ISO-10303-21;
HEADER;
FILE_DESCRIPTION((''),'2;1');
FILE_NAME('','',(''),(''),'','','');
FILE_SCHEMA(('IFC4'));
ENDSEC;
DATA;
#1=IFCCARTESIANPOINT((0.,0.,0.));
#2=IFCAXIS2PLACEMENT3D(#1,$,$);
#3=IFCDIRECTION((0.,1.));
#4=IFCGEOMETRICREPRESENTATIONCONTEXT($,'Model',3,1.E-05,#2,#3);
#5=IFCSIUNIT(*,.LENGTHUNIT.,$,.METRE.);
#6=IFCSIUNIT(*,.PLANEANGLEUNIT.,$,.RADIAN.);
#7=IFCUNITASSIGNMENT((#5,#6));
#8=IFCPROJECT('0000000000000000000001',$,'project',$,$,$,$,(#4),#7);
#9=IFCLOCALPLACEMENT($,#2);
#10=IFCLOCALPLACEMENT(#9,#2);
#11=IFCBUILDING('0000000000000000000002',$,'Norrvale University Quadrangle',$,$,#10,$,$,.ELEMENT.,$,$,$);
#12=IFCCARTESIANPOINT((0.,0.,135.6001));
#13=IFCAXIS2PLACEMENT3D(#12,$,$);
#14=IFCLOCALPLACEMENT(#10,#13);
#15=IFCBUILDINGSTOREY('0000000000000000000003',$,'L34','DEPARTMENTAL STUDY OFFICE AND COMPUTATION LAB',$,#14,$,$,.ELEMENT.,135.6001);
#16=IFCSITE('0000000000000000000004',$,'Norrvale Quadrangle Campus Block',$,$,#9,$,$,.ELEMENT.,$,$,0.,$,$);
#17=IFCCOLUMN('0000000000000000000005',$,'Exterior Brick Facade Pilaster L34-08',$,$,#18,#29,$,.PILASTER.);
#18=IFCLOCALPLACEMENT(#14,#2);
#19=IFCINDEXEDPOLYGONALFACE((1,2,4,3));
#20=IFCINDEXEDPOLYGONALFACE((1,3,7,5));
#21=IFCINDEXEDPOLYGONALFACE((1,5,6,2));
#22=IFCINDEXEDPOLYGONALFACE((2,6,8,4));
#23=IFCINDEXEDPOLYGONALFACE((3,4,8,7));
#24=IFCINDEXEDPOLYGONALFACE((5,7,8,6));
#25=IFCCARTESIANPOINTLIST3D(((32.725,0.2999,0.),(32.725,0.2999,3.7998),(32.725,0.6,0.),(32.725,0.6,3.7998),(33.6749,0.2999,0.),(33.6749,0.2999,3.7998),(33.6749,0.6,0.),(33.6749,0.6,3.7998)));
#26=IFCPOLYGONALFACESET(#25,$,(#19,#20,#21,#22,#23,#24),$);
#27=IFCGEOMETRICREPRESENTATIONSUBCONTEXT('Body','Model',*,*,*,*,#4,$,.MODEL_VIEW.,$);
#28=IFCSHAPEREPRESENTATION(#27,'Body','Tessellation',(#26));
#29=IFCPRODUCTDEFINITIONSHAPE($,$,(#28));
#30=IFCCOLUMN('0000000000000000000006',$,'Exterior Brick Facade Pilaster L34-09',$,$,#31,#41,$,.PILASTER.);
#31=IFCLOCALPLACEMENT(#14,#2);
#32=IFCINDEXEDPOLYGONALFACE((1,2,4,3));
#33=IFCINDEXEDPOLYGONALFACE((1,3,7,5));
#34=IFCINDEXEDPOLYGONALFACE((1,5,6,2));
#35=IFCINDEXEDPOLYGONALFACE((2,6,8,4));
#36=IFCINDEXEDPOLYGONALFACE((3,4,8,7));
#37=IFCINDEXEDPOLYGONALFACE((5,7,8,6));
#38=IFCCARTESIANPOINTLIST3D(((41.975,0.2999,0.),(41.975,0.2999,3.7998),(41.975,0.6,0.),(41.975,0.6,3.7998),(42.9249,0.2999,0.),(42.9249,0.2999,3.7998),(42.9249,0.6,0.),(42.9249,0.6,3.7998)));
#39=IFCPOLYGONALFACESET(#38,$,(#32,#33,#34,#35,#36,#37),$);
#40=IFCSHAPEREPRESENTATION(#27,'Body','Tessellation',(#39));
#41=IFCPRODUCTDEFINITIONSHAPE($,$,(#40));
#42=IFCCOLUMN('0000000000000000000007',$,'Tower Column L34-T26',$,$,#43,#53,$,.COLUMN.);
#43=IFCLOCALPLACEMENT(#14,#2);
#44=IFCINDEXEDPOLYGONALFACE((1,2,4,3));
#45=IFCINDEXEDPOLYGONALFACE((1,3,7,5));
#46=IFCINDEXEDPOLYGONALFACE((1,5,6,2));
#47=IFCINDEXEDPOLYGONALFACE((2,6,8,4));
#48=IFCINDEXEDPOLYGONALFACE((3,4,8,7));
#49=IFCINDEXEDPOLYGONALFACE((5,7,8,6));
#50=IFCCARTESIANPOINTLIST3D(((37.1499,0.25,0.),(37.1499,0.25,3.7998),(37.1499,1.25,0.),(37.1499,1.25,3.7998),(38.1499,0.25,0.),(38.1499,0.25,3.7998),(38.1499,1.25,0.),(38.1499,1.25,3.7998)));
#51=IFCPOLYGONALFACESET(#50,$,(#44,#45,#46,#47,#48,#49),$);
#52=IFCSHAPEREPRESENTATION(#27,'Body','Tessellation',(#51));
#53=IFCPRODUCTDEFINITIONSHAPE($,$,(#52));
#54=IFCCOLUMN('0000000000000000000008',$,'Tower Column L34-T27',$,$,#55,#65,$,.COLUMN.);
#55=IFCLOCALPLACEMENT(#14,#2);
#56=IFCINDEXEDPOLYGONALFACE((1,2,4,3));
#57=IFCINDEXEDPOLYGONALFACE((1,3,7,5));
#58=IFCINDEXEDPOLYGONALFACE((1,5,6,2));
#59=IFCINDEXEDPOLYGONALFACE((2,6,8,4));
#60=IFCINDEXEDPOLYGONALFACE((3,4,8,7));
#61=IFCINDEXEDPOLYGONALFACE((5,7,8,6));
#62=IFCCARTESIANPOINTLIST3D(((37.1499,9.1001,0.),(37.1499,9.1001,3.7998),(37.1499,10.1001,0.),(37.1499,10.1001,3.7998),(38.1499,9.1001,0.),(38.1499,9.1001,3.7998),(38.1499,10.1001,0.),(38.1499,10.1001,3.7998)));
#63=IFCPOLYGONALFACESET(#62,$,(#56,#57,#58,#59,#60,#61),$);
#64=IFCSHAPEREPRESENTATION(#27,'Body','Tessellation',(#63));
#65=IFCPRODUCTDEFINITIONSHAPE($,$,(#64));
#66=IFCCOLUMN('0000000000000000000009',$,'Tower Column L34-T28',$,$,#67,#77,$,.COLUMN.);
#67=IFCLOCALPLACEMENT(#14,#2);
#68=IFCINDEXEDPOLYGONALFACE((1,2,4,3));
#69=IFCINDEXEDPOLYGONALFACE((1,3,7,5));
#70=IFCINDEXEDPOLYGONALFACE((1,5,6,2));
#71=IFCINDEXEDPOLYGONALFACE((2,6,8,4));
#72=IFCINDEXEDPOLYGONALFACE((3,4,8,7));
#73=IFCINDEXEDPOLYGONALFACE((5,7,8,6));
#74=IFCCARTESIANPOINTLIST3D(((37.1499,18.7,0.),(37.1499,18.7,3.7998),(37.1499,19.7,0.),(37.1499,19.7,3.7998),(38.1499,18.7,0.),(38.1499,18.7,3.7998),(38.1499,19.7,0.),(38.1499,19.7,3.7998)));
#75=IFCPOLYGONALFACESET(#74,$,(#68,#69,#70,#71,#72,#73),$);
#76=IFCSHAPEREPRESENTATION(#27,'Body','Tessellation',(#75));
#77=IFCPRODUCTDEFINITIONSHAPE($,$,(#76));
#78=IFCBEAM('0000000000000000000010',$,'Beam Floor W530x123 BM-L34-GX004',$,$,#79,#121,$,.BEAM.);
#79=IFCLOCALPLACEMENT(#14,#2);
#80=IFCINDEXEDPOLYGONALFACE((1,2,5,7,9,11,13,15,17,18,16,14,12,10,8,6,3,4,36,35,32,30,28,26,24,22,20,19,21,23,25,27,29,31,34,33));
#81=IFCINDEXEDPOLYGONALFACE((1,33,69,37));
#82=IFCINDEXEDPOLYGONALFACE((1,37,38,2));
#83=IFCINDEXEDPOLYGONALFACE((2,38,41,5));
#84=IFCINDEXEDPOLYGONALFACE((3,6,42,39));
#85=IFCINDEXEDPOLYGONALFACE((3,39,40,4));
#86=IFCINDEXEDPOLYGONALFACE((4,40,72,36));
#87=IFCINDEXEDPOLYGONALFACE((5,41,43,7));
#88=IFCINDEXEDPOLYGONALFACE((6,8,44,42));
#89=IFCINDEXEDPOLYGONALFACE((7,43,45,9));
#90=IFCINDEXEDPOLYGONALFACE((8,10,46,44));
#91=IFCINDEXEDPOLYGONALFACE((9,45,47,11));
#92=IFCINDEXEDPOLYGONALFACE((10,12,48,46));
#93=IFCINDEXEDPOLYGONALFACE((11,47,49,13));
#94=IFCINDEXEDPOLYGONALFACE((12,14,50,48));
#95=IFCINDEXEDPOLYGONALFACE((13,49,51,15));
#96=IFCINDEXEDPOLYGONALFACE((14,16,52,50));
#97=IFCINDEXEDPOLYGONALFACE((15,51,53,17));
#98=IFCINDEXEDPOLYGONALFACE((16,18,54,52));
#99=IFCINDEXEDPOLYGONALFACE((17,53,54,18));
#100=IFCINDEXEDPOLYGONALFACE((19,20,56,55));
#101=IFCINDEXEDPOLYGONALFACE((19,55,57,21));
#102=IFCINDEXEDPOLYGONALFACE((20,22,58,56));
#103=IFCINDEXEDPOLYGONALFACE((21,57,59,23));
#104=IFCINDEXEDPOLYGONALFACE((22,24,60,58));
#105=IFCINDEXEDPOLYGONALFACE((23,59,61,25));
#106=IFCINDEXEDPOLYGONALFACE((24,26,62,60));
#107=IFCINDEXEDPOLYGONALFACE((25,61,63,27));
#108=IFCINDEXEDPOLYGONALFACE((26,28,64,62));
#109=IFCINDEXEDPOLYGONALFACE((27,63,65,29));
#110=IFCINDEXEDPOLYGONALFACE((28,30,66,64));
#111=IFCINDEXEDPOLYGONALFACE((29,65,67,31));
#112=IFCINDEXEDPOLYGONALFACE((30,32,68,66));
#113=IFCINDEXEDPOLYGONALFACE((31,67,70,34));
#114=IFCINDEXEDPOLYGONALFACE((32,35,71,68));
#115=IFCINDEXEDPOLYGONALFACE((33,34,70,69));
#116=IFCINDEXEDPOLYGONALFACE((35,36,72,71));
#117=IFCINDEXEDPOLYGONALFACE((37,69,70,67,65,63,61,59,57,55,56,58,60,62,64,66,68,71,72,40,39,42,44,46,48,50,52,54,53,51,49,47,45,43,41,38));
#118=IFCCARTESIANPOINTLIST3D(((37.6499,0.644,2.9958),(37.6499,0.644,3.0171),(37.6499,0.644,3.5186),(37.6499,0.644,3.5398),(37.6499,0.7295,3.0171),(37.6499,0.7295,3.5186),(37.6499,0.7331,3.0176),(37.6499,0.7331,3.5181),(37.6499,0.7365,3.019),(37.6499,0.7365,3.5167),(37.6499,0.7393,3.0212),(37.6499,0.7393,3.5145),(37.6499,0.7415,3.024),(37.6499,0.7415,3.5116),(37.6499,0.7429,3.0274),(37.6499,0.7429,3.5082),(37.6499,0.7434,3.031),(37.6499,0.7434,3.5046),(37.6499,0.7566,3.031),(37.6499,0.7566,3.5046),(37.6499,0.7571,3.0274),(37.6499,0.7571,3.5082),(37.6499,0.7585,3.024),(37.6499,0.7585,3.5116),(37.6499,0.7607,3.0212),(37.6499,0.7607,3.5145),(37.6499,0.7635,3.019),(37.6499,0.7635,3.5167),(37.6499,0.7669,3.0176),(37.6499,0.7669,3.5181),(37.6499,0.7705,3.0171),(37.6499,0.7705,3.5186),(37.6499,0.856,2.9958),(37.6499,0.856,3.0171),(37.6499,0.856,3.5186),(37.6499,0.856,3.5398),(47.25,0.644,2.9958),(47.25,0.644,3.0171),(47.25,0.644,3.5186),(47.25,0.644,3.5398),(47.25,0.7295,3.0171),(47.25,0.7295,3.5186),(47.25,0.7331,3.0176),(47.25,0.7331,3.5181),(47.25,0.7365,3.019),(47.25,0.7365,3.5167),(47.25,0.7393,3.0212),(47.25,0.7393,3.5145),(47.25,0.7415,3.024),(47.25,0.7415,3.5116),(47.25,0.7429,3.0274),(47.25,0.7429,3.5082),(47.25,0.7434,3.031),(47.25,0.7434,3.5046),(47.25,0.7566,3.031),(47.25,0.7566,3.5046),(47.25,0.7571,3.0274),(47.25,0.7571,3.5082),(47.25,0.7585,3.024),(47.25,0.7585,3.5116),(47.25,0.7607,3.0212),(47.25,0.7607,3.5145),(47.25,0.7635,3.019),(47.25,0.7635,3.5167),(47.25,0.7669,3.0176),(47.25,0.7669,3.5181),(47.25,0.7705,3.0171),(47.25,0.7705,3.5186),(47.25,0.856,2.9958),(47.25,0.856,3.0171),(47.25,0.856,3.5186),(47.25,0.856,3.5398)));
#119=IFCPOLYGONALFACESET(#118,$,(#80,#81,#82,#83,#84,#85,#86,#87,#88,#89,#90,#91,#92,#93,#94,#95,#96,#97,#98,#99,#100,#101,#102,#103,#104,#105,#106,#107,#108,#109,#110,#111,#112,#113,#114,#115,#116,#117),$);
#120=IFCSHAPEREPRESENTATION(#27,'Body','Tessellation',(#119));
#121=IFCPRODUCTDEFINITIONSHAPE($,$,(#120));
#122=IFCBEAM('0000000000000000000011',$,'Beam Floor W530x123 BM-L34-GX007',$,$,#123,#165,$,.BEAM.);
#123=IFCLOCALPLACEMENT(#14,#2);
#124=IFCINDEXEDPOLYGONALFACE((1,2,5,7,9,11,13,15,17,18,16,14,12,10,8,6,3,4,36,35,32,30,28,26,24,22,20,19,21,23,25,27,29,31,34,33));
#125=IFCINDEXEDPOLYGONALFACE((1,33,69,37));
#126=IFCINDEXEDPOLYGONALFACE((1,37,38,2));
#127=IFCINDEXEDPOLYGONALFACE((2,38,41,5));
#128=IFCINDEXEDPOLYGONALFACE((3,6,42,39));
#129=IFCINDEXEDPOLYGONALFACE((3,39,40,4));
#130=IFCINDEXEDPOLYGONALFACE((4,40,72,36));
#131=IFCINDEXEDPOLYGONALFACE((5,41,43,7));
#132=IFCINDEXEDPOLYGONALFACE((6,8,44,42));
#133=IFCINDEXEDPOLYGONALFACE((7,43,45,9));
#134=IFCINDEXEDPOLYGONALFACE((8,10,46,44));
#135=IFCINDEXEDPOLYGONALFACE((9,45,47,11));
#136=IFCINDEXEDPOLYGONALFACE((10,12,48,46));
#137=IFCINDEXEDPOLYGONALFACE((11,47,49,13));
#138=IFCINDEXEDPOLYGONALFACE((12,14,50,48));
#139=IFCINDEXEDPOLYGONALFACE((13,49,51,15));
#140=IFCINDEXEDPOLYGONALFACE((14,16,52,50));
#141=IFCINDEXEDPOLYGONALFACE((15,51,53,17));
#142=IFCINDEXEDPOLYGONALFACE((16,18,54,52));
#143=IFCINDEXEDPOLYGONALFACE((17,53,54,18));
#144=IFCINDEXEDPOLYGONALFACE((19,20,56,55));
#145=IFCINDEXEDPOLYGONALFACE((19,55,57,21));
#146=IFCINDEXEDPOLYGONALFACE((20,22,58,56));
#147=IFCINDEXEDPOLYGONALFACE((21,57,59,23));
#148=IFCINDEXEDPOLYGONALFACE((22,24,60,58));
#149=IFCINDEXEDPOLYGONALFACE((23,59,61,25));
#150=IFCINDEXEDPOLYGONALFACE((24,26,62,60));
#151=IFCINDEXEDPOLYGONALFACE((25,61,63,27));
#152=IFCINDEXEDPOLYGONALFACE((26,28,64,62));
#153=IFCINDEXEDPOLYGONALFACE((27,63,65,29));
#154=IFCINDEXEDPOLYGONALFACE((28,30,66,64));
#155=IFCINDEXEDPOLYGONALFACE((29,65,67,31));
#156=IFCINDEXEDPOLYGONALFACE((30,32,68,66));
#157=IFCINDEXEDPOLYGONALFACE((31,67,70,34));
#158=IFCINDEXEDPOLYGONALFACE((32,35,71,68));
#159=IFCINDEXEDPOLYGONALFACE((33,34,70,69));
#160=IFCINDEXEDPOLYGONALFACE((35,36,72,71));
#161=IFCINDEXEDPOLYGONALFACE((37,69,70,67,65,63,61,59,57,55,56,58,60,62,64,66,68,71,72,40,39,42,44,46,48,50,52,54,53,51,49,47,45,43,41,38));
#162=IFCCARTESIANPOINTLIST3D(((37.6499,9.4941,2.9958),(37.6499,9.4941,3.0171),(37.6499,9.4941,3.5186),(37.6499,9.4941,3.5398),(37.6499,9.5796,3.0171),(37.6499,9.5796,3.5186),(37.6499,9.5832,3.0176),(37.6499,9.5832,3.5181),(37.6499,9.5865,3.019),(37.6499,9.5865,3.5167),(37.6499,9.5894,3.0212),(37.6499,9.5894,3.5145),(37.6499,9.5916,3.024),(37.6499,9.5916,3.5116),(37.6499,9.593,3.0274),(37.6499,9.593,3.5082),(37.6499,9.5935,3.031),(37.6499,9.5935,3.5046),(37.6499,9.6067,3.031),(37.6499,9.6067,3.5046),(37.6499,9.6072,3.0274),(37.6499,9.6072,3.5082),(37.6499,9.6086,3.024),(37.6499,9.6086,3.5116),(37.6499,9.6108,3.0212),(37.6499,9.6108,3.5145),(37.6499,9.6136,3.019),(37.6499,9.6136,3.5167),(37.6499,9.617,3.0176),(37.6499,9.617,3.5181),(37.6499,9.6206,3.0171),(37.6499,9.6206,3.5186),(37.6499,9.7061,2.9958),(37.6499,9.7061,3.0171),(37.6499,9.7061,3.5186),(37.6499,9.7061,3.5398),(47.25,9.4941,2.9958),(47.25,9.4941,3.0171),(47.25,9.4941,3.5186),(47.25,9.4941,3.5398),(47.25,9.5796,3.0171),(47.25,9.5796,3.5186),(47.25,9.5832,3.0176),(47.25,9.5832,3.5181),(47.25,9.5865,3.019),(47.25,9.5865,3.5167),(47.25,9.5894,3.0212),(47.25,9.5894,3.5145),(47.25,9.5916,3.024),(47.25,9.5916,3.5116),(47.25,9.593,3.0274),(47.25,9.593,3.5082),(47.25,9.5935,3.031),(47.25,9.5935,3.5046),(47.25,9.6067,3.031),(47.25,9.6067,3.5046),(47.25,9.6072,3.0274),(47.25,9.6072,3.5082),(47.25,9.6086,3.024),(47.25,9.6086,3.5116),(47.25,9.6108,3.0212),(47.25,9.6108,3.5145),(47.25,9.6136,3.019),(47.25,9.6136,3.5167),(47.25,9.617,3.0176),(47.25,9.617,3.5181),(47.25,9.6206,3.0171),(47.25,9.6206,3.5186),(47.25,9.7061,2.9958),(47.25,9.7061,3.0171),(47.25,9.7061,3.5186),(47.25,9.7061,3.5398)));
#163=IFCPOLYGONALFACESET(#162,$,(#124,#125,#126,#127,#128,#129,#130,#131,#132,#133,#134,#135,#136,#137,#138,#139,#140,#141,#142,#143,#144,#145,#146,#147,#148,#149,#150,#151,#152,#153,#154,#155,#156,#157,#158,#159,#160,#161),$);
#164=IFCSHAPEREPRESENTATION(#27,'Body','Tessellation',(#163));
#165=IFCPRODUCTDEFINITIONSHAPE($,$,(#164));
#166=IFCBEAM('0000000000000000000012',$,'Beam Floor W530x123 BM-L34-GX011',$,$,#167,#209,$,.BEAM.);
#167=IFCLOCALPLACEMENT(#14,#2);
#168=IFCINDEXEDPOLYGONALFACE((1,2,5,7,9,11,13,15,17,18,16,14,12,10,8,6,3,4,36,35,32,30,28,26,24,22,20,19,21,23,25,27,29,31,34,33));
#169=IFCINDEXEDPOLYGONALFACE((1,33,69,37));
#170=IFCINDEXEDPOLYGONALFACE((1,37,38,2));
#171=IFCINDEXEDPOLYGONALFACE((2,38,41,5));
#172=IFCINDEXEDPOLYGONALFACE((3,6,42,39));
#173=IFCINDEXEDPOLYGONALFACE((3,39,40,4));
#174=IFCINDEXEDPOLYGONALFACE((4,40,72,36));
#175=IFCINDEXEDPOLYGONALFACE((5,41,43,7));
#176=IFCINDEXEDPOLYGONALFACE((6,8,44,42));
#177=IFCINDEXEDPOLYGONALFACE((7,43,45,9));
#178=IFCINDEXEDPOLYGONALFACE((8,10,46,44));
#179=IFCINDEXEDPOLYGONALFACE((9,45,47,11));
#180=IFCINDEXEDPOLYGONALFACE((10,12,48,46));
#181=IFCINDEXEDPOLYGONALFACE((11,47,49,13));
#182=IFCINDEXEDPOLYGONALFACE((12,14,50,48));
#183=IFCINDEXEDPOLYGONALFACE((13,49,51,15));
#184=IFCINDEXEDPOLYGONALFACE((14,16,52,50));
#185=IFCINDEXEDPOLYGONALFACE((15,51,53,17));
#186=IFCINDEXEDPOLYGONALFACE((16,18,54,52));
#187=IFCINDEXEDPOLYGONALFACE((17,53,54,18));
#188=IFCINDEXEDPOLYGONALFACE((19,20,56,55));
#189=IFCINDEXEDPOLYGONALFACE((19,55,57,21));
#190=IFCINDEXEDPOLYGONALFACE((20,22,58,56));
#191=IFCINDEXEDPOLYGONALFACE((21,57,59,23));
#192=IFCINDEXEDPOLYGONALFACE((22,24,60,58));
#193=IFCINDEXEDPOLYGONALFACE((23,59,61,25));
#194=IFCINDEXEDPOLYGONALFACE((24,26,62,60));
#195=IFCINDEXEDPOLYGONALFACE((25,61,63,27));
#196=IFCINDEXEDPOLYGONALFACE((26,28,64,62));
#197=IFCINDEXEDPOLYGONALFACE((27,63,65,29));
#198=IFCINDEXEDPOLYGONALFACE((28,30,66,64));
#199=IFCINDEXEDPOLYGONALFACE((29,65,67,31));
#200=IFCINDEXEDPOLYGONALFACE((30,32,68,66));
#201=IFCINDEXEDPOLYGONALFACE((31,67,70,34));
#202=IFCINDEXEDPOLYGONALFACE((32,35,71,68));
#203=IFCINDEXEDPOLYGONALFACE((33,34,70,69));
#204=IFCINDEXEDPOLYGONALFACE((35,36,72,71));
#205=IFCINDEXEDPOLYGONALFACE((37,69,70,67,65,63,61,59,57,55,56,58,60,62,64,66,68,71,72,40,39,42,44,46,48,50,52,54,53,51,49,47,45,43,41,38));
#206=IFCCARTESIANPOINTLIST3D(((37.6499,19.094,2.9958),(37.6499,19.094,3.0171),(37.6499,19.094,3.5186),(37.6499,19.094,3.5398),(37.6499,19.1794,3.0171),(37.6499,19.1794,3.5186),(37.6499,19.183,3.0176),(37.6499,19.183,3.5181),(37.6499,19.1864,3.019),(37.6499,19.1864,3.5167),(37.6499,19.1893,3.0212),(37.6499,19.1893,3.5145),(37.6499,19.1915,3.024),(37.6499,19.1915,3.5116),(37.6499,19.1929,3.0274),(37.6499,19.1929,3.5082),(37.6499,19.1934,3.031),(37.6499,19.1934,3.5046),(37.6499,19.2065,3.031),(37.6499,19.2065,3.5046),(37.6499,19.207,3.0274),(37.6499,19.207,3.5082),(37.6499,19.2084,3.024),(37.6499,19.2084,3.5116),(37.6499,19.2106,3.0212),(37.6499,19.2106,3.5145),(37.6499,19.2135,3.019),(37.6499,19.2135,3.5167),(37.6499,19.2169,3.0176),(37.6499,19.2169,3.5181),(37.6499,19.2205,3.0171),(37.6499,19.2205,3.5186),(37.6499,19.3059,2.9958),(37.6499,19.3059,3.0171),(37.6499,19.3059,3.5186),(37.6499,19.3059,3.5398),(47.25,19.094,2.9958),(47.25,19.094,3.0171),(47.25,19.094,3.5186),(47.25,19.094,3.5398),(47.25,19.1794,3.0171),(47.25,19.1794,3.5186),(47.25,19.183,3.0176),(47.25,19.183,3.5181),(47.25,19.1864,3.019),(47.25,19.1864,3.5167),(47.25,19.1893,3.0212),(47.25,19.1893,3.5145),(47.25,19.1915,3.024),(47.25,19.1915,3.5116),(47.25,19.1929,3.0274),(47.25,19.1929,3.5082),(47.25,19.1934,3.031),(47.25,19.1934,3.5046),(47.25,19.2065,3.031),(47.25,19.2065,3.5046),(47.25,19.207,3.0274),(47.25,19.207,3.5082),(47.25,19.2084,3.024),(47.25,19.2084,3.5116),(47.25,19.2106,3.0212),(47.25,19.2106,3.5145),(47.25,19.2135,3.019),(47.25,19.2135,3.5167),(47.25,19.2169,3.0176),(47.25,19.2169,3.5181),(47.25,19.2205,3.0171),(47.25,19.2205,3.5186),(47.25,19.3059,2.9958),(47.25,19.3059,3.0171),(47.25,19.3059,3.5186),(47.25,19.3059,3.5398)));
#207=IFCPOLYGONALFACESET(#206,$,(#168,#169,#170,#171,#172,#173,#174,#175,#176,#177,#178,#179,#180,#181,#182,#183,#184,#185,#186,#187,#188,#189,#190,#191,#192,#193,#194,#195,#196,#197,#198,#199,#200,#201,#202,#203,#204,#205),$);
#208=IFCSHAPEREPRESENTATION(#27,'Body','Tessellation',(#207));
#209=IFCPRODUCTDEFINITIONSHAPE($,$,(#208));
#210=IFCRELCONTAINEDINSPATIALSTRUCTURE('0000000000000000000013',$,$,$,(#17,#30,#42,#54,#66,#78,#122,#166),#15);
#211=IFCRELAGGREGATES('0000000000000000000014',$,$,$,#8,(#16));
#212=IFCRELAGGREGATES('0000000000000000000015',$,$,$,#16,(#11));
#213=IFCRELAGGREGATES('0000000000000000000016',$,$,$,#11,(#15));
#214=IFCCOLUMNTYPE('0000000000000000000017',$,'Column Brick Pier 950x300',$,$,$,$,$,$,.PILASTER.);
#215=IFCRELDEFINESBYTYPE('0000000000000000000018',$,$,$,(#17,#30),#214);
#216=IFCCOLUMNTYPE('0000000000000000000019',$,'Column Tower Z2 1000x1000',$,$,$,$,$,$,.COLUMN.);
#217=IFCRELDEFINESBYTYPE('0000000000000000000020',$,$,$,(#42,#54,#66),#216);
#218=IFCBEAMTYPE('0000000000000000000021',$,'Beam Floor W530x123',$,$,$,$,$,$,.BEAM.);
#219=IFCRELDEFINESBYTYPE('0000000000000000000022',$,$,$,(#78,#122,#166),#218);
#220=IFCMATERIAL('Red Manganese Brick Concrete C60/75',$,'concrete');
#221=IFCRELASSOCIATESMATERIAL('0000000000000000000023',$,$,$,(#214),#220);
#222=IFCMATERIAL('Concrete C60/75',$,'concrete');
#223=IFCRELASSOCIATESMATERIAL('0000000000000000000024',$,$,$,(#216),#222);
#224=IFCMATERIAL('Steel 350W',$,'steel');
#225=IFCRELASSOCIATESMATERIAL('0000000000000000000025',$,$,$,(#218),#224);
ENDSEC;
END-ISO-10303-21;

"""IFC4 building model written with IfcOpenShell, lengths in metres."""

from ifc_helpers import new_model, si_unit, direction, frame, origin, origin_2d, place, context, subcontext, project, spatial, rectangle, i_section, extrude, material, material_profile, profile_set, type_object, element, save


model = new_model("IFC4")

# Units and contexts
model_context = context("Model", 3, precision=1e-05, world=origin(), true_north=direction((0.0, 1.0)))
body_context = subcontext(model_context, "Body", "Model", "MODEL_VIEW")
ifc_project = project(units=[si_unit("LENGTHUNIT", "METRE"), si_unit("PLANEANGLEUNIT", "RADIAN")], contexts=[model_context])

# Site, building, storey
site_placement = place(None, origin())
site = spatial("IfcSite", under=ifc_project, at=site_placement, Name="Norrvale Quadrangle Campus Block", CompositionType="ELEMENT", RefElevation=0.0)
building_placement = place(site_placement, origin())
building = spatial("IfcBuilding", under=site, at=building_placement, Name="Norrvale University Quadrangle", CompositionType="ELEMENT")
storey_placement = place(building_placement, frame((0.0, 0.0, 135.6001)))
storey = spatial("IfcBuildingStorey", under=building, at=storey_placement, Name="L34", Description="DEPARTMENTAL STUDY OFFICE AND COMPUTATION LAB", CompositionType="ELEMENT", Elevation=135.6001)

# Columns
ifc_material_1 = material(Name="Red Manganese Brick Concrete C60/75", Category="concrete")
ifc_material_profile_1 = material_profile(ifc_material_1, rectangle(XDim=0.95, YDim=0.3, at=origin_2d()), Name="Red Manganese Brick Concrete C60/75")
ifc_profile_set_1 = profile_set([ifc_material_profile_1], Name="Red Manganese Brick Concrete C60/75")
column_type_1 = type_object("IfcColumnType", Name="Column Brick Pier 950x300", PredefinedType="PILASTER", material=ifc_profile_set_1)
for number, where, z_axis, x_axis, name in (
    (1, (33.2, 0.45, 0.0), (0.0, 0.0, 1.0), (1.0, 0.0, 0.0), "Exterior Brick Facade Pilaster L34-08"),
    (2, (42.45, 0.45, 0.0), (0.0, 0.0, 1.0), (1.0, 0.0, 0.0), "Exterior Brick Facade Pilaster L34-09"),
):
    element("IfcColumn", number, at=place(storey_placement, frame(where, z_axis=z_axis, x_axis=x_axis)), inside=storey, type_object=column_type_1, Name=name, PredefinedType="PILASTER", context=body_context, shape_type="SweptSolid", body=[
        extrude(rectangle(XDim=0.95, YDim=0.3, at=origin_2d()), origin(), (0.0, 0.0, 1.0), 3.7998),
    ])
ifc_material_2 = material(Name="Concrete C60/75", Category="concrete")
ifc_material_profile_2 = material_profile(ifc_material_2, rectangle(XDim=1.0, YDim=1.0, at=origin_2d()), Name="Concrete C60/75")
ifc_profile_set_2 = profile_set([ifc_material_profile_2], Name="Concrete C60/75")
column_type_2 = type_object("IfcColumnType", Name="Column Tower Z2 1000x1000", PredefinedType="COLUMN", material=ifc_profile_set_2)
for number, where, z_axis, x_axis, name in (
    (3, (37.6499, 0.75, 0.0), (0.0, 0.0, 1.0), (1.0, 0.0, 0.0), "Tower Column L34-T26"),
    (4, (37.6499, 9.6001, 0.0), (0.0, 0.0, 1.0), (1.0, 0.0, 0.0), "Tower Column L34-T27"),
    (5, (37.6499, 19.2, 0.0), (0.0, 0.0, 1.0), (1.0, 0.0, 0.0), "Tower Column L34-T28"),
):
    element("IfcColumn", number, at=place(storey_placement, frame(where, z_axis=z_axis, x_axis=x_axis)), inside=storey, type_object=column_type_2, Name=name, PredefinedType="COLUMN", context=body_context, shape_type="SweptSolid", body=[
        extrude(rectangle(XDim=1.0, YDim=1.0, at=origin_2d()), origin(), (0.0, 0.0, 1.0), 3.7998),
    ])

# Beams
ifc_material_3 = material(Name="Steel 350W", Category="steel")
ifc_material_profile_3 = material_profile(ifc_material_3, i_section(OverallWidth=0.2119, OverallDepth=0.5439, WebThickness=0.0132, FlangeThickness=0.0212, FilletRadius=0.0139, at=origin_2d()), Name="Steel 350W")
ifc_profile_set_3 = profile_set([ifc_material_profile_3], Name="Steel 350W")
beam_type_1 = type_object("IfcBeamType", Name="Beam Floor W530x123", PredefinedType="BEAM", material=ifc_profile_set_3)
for number, where, z_axis, x_axis, name in (
    (6, (37.6499, 0.75, 3.2678), (1.0, 0.0, 0.0), (0.0, 1.0, 0.0), "Beam Floor W530x123 BM-L34-GX004"),
    (7, (37.6499, 9.6001, 3.2678), (1.0, 0.0, 0.0), (0.0, 1.0, 0.0), "Beam Floor W530x123 BM-L34-GX007"),
    (8, (37.6499, 19.2, 3.2678), (1.0, 0.0, 0.0), (0.0, 1.0, 0.0), "Beam Floor W530x123 BM-L34-GX011"),
):
    element("IfcBeam", number, at=place(storey_placement, frame(where, z_axis=z_axis, x_axis=x_axis)), inside=storey, type_object=beam_type_1, Name=name, PredefinedType="BEAM", context=body_context, shape_type="SweptSolid", body=[
        extrude(i_section(OverallWidth=0.2119, OverallDepth=0.5439, WebThickness=0.0132, FlangeThickness=0.0212, FilletRadius=0.0139, at=origin_2d()), origin(), (0.0, 0.0, 1.0), 9.6001),
    ])

save(model, "model.ifc")
